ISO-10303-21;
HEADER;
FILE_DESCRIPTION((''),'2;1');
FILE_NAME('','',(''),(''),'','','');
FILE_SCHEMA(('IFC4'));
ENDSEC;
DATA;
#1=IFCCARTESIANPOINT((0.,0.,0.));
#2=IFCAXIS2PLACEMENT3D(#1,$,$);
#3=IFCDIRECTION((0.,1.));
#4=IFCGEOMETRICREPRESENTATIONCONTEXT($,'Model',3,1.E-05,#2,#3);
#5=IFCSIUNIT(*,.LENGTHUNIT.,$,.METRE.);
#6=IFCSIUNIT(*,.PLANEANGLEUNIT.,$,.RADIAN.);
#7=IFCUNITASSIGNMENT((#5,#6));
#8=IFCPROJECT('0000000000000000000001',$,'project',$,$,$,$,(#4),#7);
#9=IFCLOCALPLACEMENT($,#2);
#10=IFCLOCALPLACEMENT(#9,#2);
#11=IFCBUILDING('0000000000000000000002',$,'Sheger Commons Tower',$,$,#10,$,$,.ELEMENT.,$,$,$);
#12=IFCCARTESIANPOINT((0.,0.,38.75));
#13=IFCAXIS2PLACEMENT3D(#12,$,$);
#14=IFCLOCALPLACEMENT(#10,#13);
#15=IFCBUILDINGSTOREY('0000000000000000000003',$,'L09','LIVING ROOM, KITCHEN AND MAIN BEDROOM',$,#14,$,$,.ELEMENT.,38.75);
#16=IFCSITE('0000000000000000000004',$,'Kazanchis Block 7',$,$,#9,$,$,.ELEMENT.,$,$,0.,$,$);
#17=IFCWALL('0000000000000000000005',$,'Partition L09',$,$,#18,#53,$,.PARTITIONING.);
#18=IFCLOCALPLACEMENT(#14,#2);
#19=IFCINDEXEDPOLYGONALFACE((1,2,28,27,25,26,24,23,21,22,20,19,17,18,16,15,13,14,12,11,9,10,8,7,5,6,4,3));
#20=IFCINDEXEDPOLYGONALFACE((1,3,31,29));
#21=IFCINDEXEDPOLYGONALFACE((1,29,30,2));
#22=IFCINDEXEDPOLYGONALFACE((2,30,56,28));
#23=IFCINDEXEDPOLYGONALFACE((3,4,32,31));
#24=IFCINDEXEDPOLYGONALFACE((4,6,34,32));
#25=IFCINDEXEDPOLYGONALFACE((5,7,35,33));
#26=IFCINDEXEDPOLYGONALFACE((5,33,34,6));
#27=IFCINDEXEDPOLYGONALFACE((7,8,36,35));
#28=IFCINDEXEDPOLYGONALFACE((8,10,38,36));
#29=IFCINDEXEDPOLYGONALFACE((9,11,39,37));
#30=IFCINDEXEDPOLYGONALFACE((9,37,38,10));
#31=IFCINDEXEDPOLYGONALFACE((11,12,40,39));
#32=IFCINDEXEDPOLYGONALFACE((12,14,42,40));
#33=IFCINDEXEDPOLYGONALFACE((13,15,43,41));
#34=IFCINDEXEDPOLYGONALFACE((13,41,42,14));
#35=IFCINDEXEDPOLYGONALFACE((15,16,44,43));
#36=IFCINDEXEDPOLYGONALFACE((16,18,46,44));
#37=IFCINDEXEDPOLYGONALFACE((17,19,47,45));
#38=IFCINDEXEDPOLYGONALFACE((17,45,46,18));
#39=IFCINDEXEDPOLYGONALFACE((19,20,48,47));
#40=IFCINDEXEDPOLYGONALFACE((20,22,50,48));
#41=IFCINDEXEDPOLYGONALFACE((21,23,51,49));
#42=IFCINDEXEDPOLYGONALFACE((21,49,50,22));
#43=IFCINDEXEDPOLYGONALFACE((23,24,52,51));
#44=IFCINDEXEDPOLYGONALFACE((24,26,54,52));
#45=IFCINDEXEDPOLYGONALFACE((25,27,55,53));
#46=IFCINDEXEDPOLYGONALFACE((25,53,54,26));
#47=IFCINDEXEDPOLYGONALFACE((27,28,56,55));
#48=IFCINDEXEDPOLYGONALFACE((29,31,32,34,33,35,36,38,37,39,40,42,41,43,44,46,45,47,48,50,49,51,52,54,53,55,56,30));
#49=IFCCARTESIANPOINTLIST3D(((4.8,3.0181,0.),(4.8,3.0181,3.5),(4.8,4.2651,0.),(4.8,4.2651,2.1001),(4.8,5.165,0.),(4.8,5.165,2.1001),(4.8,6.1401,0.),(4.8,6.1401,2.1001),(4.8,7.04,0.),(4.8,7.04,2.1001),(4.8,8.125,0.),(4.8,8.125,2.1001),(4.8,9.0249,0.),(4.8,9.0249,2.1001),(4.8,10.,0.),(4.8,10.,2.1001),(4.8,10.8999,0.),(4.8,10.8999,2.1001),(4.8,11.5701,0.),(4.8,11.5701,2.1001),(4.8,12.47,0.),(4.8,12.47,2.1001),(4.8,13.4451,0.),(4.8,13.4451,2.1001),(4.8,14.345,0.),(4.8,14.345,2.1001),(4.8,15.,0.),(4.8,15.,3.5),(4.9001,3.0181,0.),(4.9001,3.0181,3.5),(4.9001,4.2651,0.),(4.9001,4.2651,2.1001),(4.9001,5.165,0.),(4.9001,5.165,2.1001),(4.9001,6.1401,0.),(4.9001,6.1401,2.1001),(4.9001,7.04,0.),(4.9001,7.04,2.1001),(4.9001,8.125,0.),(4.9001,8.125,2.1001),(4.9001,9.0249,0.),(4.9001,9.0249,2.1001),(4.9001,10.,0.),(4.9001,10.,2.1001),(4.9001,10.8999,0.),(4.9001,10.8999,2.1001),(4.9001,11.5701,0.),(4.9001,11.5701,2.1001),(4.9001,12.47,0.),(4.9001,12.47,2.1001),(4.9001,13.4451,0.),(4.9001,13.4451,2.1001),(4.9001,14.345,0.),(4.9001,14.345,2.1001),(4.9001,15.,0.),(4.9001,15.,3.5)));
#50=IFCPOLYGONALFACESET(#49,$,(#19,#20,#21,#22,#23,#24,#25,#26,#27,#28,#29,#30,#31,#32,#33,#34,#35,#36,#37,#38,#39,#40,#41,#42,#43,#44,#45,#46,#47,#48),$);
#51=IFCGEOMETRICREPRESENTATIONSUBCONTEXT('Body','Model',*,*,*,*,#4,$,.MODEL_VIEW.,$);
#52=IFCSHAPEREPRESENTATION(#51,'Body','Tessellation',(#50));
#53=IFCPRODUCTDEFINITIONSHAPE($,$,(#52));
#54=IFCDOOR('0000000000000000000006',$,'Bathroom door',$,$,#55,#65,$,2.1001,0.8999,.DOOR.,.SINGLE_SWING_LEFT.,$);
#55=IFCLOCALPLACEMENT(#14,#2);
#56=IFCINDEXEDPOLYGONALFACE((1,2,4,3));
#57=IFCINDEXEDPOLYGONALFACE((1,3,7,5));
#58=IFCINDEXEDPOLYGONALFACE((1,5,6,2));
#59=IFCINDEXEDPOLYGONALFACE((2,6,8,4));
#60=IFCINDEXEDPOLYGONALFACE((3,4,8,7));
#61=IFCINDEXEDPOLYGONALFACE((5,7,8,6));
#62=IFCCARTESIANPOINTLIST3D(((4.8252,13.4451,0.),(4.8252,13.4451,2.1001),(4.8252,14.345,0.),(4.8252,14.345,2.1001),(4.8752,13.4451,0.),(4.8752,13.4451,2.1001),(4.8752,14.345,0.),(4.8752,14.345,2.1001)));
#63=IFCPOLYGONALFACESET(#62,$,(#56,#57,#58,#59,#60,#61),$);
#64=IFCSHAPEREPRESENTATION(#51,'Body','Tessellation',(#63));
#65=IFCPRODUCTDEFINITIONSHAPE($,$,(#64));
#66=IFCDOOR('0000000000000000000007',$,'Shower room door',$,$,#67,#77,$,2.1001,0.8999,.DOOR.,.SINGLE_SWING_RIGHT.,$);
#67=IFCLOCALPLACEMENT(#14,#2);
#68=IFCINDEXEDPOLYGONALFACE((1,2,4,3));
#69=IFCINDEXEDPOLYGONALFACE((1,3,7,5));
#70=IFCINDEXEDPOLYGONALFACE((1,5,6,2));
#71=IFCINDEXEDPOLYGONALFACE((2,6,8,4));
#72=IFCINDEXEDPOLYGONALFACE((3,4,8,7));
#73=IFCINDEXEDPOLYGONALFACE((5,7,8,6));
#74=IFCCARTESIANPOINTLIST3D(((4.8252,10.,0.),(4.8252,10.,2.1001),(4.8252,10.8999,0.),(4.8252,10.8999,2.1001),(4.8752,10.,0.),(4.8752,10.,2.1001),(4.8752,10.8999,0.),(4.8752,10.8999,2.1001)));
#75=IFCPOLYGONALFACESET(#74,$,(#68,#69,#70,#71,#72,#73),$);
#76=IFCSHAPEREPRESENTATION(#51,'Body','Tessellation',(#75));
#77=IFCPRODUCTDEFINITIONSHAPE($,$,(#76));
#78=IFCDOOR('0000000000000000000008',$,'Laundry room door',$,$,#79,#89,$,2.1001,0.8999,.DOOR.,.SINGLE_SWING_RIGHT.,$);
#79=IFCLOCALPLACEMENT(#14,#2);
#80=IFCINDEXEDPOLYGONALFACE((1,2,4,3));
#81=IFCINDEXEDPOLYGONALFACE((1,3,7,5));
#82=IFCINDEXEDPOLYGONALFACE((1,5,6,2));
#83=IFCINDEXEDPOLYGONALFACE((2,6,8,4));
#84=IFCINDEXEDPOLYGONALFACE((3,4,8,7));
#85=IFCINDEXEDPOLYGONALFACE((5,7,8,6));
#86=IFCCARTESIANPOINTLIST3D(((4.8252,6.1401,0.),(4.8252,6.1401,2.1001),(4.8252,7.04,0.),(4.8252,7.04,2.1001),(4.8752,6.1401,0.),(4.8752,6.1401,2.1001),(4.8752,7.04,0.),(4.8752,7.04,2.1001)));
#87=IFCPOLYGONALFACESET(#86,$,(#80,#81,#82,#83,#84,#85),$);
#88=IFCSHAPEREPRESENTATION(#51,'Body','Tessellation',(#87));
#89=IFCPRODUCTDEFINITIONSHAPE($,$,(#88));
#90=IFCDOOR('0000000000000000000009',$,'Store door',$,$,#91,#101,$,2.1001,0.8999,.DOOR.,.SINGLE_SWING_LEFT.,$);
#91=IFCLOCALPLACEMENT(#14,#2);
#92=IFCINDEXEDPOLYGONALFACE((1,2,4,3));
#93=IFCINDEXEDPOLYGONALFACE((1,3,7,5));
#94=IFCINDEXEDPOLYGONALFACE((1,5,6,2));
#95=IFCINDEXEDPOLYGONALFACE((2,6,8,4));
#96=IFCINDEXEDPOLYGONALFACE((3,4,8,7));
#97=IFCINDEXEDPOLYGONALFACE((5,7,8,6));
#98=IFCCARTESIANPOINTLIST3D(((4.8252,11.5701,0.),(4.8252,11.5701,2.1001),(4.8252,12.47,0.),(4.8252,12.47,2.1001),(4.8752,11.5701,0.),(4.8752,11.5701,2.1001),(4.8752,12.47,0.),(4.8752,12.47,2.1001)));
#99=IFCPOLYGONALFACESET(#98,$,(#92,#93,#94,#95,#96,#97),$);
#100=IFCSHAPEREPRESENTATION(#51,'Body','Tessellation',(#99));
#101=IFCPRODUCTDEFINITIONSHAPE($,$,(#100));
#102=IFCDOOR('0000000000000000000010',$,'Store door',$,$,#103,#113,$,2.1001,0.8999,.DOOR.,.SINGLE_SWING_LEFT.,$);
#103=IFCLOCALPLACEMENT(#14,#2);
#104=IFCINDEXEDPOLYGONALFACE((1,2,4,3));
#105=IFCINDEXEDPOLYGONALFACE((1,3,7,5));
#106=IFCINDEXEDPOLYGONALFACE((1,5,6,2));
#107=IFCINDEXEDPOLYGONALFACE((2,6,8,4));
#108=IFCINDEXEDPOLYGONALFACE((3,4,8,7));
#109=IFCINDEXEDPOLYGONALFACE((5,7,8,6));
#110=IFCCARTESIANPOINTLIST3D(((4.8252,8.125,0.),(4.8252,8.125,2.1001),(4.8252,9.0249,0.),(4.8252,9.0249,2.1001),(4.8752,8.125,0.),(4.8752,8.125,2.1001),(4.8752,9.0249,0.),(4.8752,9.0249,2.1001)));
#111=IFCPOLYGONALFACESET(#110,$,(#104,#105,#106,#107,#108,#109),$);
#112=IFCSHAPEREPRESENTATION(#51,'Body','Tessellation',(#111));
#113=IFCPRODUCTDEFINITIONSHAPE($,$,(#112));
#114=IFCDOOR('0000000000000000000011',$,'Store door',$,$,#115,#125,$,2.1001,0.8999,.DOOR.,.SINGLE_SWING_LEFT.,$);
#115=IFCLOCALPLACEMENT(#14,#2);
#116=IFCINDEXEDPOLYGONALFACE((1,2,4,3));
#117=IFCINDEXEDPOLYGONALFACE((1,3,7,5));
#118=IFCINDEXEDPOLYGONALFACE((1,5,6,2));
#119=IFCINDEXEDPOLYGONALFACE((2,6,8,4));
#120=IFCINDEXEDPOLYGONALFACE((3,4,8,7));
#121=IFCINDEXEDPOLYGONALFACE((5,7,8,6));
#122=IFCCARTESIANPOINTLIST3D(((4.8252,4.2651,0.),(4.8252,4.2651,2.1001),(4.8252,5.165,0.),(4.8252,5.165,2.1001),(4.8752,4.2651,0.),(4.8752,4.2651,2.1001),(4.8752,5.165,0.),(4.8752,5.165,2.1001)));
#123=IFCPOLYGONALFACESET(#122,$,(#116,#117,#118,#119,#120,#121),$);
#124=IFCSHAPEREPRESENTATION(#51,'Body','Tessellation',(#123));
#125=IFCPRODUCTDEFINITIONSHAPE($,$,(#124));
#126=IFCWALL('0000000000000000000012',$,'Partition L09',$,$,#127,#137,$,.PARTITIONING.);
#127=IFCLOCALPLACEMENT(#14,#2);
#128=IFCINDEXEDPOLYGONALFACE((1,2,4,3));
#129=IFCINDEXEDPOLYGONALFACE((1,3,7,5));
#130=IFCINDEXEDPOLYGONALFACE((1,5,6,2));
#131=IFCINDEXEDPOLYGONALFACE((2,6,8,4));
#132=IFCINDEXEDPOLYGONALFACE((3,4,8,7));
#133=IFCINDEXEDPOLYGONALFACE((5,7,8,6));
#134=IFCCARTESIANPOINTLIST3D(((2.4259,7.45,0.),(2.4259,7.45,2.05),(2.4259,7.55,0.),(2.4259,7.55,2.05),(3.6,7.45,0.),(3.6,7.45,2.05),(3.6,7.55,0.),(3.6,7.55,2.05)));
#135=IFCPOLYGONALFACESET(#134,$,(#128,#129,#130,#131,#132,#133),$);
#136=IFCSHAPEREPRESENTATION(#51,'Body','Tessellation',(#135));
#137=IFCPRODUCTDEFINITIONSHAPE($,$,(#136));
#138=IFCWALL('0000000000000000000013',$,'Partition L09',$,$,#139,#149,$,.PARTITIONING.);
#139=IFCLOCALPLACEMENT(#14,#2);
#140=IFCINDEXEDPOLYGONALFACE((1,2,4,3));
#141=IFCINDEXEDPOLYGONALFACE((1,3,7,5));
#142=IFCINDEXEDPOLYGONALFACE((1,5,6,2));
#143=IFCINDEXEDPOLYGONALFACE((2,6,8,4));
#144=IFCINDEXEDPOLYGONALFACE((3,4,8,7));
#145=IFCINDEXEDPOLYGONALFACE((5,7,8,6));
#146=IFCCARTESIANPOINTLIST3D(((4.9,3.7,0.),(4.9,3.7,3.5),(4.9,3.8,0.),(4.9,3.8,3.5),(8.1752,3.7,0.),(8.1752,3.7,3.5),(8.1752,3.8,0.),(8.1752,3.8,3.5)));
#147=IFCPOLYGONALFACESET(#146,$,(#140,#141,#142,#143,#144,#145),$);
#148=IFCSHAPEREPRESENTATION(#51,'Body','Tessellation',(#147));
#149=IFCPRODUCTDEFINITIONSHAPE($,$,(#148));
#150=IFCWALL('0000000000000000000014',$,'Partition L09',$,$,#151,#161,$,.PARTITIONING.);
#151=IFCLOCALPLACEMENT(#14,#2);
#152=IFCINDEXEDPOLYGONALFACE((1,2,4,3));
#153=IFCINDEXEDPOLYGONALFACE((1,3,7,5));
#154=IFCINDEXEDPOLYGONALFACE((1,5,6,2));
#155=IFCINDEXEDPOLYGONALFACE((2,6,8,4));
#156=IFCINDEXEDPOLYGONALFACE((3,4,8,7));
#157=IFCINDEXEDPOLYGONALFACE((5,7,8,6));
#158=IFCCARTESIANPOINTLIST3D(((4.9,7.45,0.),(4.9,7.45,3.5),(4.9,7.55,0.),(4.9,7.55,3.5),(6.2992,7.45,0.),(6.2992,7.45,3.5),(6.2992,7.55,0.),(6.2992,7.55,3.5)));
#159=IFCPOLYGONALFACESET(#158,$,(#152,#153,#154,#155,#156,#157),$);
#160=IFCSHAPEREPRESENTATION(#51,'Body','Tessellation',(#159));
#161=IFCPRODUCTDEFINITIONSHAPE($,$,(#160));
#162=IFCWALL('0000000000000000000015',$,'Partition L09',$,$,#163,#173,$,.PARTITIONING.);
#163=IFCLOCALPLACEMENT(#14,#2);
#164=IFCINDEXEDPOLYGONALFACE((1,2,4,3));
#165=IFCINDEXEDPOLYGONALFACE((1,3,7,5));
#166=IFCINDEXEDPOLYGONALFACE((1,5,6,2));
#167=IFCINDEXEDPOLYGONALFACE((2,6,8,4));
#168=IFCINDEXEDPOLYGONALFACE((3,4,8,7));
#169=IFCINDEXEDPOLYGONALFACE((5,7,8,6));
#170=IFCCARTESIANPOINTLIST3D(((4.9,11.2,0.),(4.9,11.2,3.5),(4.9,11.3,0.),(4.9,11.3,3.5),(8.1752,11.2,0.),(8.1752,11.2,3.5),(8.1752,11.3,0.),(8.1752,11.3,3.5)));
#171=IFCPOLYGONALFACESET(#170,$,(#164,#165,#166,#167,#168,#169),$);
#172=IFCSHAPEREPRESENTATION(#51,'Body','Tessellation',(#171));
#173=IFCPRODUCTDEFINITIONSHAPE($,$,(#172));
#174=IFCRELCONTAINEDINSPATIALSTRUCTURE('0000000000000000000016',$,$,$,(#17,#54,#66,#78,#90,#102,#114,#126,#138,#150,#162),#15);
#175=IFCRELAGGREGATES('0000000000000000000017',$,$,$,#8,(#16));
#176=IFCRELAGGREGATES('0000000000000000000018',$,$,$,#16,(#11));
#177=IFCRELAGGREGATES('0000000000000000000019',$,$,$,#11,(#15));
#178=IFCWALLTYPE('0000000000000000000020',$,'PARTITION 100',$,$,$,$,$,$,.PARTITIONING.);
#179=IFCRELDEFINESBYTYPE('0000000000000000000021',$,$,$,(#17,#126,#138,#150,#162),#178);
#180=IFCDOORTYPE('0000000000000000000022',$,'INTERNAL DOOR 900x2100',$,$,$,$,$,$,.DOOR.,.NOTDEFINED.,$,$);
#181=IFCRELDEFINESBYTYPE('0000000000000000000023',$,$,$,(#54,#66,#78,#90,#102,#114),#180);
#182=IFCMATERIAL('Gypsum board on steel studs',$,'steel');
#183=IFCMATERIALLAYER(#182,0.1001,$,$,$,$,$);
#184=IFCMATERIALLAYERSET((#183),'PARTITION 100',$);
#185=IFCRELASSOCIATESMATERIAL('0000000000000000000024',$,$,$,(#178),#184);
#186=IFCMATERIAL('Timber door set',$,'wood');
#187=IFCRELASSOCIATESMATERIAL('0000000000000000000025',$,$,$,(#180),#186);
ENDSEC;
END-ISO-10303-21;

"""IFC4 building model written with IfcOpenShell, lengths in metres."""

from ifc_helpers import new_model, si_unit, direction, frame, frame_2d, origin, place, context, subcontext, project, spatial, rectangle, extrude, material, layer, layer_set, type_object, element, fill, save


model = new_model("IFC4")

# Units and contexts
model_context = context("Model", 3, precision=1e-05, world=origin(), true_north=direction((0.0, 1.0)))
body_context = subcontext(model_context, "Body", "Model", "MODEL_VIEW")
ifc_project = project(units=[si_unit("LENGTHUNIT", "METRE"), si_unit("PLANEANGLEUNIT", "RADIAN")], contexts=[model_context])

# Site, building, storey
site_placement = place(None, origin())
site = spatial("IfcSite", under=ifc_project, at=site_placement, Name="Kazanchis Block 7", CompositionType="ELEMENT", RefElevation=0.0)
building_placement = place(site_placement, origin())
building = spatial("IfcBuilding", under=site, at=building_placement, Name="Sheger Commons Tower", CompositionType="ELEMENT")
storey_placement = place(building_placement, frame((0.0, 0.0, 38.75)))
storey = spatial("IfcBuildingStorey", under=building, at=storey_placement, Name="L09", Description="LIVING ROOM, KITCHEN AND MAIN BEDROOM", CompositionType="ELEMENT", Elevation=38.75)

# Wall, openings, doors
ifc_material_1 = material(Name="Gypsum board on steel studs", Category="steel")
ifc_layer = layer(ifc_material_1, 0.1001)
ifc_layer_set = layer_set([ifc_layer], Name="PARTITION 100")
wall_type = type_object("IfcWallType", Name="PARTITION 100", PredefinedType="PARTITIONING", material=ifc_layer_set)
ifc_material_2 = material(Name="Timber door set", Category="wood")
door_type = type_object("IfcDoorType", Name="INTERNAL DOOR 900x2100", OperationType="NOTDEFINED", PredefinedType="DOOR", material=ifc_material_2)
wall_1_placement = place(storey_placement, frame((4.8501, 3.0181, 0.0), z_axis=(0.0, 0.0, 1.0), x_axis=(0.0, 1.0, 0.0)))
wall_1 = element("IfcWall", 1, at=wall_1_placement, inside=storey, type_object=wall_type, Name="Partition L09", PredefinedType="PARTITIONING", context=body_context, shape_type="SweptSolid", body=[
    extrude(rectangle(XDim=11.9819, YDim=0.1001, at=frame_2d((5.991, 0.0))), origin(), (0.0, 0.0, 1.0), 3.5),
])
opening_1_placement = place(wall_1_placement, frame((10.427, 0.0, 0.0)))
opening_1 = element("IfcOpeningElement", 2, at=opening_1_placement, cuts=wall_1, PredefinedType="OPENING", context=body_context, shape_type="SweptSolid", body=[
    extrude(rectangle(XDim=0.8999, YDim=2.1001, at=frame_2d((0.45, 1.05))), frame((0.0, 0.0601, 0.0), z_axis=(0.0, -1.0, 0.0), x_axis=(1.0, 0.0, 0.0)), (0.0, 0.0, 1.0), 0.1201),
])
opening_2_placement = place(wall_1_placement, frame((6.9819, 0.0, 0.0)))
opening_2 = element("IfcOpeningElement", 3, at=opening_2_placement, cuts=wall_1, PredefinedType="OPENING", context=body_context, shape_type="SweptSolid", body=[
    extrude(rectangle(XDim=0.8999, YDim=2.1001, at=frame_2d((0.45, 1.05))), frame((0.0, 0.0601, 0.0), z_axis=(0.0, -1.0, 0.0), x_axis=(1.0, 0.0, 0.0)), (0.0, 0.0, 1.0), 0.1201),
])
opening_3_placement = place(wall_1_placement, frame((3.1221, 0.0, 0.0)))
opening_3 = element("IfcOpeningElement", 4, at=opening_3_placement, cuts=wall_1, PredefinedType="OPENING", context=body_context, shape_type="SweptSolid", body=[
    extrude(rectangle(XDim=0.8999, YDim=2.1001, at=frame_2d((0.45, 1.05))), frame((0.0, 0.0601, 0.0), z_axis=(0.0, -1.0, 0.0), x_axis=(1.0, 0.0, 0.0)), (0.0, 0.0, 1.0), 0.1201),
])
opening_4_placement = place(wall_1_placement, frame((8.552, 0.0, 0.0)))
opening_4 = element("IfcOpeningElement", 5, at=opening_4_placement, cuts=wall_1, PredefinedType="OPENING", context=body_context, shape_type="SweptSolid", body=[
    extrude(rectangle(XDim=0.8999, YDim=2.1001, at=frame_2d((0.45, 1.05))), frame((0.0, 0.0601, 0.0), z_axis=(0.0, -1.0, 0.0), x_axis=(1.0, 0.0, 0.0)), (0.0, 0.0, 1.0), 0.1201),
])
opening_5_placement = place(wall_1_placement, frame((5.1069, 0.0, 0.0)))
opening_5 = element("IfcOpeningElement", 6, at=opening_5_placement, cuts=wall_1, PredefinedType="OPENING", context=body_context, shape_type="SweptSolid", body=[
    extrude(rectangle(XDim=0.8999, YDim=2.1001, at=frame_2d((0.45, 1.05))), frame((0.0, 0.0601, 0.0), z_axis=(0.0, -1.0, 0.0), x_axis=(1.0, 0.0, 0.0)), (0.0, 0.0, 1.0), 0.1201),
])
opening_6_placement = place(wall_1_placement, frame((1.2471, 0.0, 0.0)))
opening_6 = element("IfcOpeningElement", 7, at=opening_6_placement, cuts=wall_1, PredefinedType="OPENING", context=body_context, shape_type="SweptSolid", body=[
    extrude(rectangle(XDim=0.8999, YDim=2.1001, at=frame_2d((0.45, 1.05))), frame((0.0, 0.0601, 0.0), z_axis=(0.0, -1.0, 0.0), x_axis=(1.0, 0.0, 0.0)), (0.0, 0.0, 1.0), 0.1201),
])
door_1_placement = place(opening_1_placement, origin())
door_1 = element("IfcDoor", 8, at=door_1_placement, inside=storey, type_object=door_type, Name="Bathroom door", OperationType="SINGLE_SWING_LEFT", OverallHeight=2.1001, OverallWidth=0.8999, PredefinedType="DOOR", context=body_context, shape_type="SweptSolid", body=[
    extrude(rectangle(XDim=0.8999, YDim=2.1001, at=frame_2d((0.45, 1.05))), frame((0.0, 0.0249, 0.0), z_axis=(0.0, -1.0, 0.0), x_axis=(1.0, 0.0, 0.0)), (0.0, 0.0, 1.0), 0.05),
])
fill(opening_1, door_1)
door_2_placement = place(opening_2_placement, origin())
door_2 = element("IfcDoor", 9, at=door_2_placement, inside=storey, type_object=door_type, Name="Shower room door", OperationType="SINGLE_SWING_RIGHT", OverallHeight=2.1001, OverallWidth=0.8999, PredefinedType="DOOR", context=body_context, shape_type="SweptSolid", body=[
    extrude(rectangle(XDim=0.8999, YDim=2.1001, at=frame_2d((0.45, 1.05))), frame((0.0, 0.0249, 0.0), z_axis=(0.0, -1.0, 0.0), x_axis=(1.0, 0.0, 0.0)), (0.0, 0.0, 1.0), 0.05),
])
fill(opening_2, door_2)
door_3_placement = place(opening_3_placement, origin())
door_3 = element("IfcDoor", 10, at=door_3_placement, inside=storey, type_object=door_type, Name="Laundry room door", OperationType="SINGLE_SWING_RIGHT", OverallHeight=2.1001, OverallWidth=0.8999, PredefinedType="DOOR", context=body_context, shape_type="SweptSolid", body=[
    extrude(rectangle(XDim=0.8999, YDim=2.1001, at=frame_2d((0.45, 1.05))), frame((0.0, 0.0249, 0.0), z_axis=(0.0, -1.0, 0.0), x_axis=(1.0, 0.0, 0.0)), (0.0, 0.0, 1.0), 0.05),
])
fill(opening_3, door_3)
door_4_placement = place(opening_4_placement, origin())
door_4 = element("IfcDoor", 11, at=door_4_placement, inside=storey, type_object=door_type, Name="Store door", OperationType="SINGLE_SWING_LEFT", OverallHeight=2.1001, OverallWidth=0.8999, PredefinedType="DOOR", context=body_context, shape_type="SweptSolid", body=[
    extrude(rectangle(XDim=0.8999, YDim=2.1001, at=frame_2d((0.45, 1.05))), frame((0.0, 0.0249, 0.0), z_axis=(0.0, -1.0, 0.0), x_axis=(1.0, 0.0, 0.0)), (0.0, 0.0, 1.0), 0.05),
])
fill(opening_4, door_4)
door_5_placement = place(opening_5_placement, origin())
door_5 = element("IfcDoor", 12, at=door_5_placement, inside=storey, type_object=door_type, Name="Store door", OperationType="SINGLE_SWING_LEFT", OverallHeight=2.1001, OverallWidth=0.8999, PredefinedType="DOOR", context=body_context, shape_type="SweptSolid", body=[
    extrude(rectangle(XDim=0.8999, YDim=2.1001, at=frame_2d((0.45, 1.05))), frame((0.0, 0.0249, 0.0), z_axis=(0.0, -1.0, 0.0), x_axis=(1.0, 0.0, 0.0)), (0.0, 0.0, 1.0), 0.05),
])
fill(opening_5, door_5)
door_6_placement = place(opening_6_placement, origin())
door_6 = element("IfcDoor", 13, at=door_6_placement, inside=storey, type_object=door_type, Name="Store door", OperationType="SINGLE_SWING_LEFT", OverallHeight=2.1001, OverallWidth=0.8999, PredefinedType="DOOR", context=body_context, shape_type="SweptSolid", body=[
    extrude(rectangle(XDim=0.8999, YDim=2.1001, at=frame_2d((0.45, 1.05))), frame((0.0, 0.0249, 0.0), z_axis=(0.0, -1.0, 0.0), x_axis=(1.0, 0.0, 0.0)), (0.0, 0.0, 1.0), 0.05),
])
fill(opening_6, door_6)

# Walls
wall_2_placement = place(storey_placement, frame((2.426, 7.5, 0.0), z_axis=(0.0, 0.0, 1.0), x_axis=(1.0, 0.0, 0.0)))
element("IfcWall", 14, at=wall_2_placement, inside=storey, type_object=wall_type, Name="Partition L09", PredefinedType="PARTITIONING", context=body_context, shape_type="SweptSolid", body=[
    extrude(rectangle(XDim=1.1741, YDim=0.1001, at=frame_2d((0.5869, 0.0))), origin(), (0.0, 0.0, 1.0), 2.05),
])
wall_3_placement = place(storey_placement, frame((4.8999, 3.75, 0.0), z_axis=(0.0, 0.0, 1.0), x_axis=(1.0, 0.0, 0.0)))
element("IfcWall", 15, at=wall_3_placement, inside=storey, type_object=wall_type, Name="Partition L09", PredefinedType="PARTITIONING", context=body_context, shape_type="SweptSolid", body=[
    extrude(rectangle(XDim=3.2751, YDim=0.1001, at=frame_2d((1.6377, 0.0))), origin(), (0.0, 0.0, 1.0), 3.5),
])
wall_4_placement = place(storey_placement, frame((4.8999, 7.5, 0.0), z_axis=(0.0, 0.0, 1.0), x_axis=(1.0, 0.0, 0.0)))
element("IfcWall", 16, at=wall_4_placement, inside=storey, type_object=wall_type, Name="Partition L09", PredefinedType="PARTITIONING", context=body_context, shape_type="SweptSolid", body=[
    extrude(rectangle(XDim=1.3992, YDim=0.1001, at=frame_2d((0.6997, 0.0))), origin(), (0.0, 0.0, 1.0), 3.5),
])
for number, where, z_axis, x_axis, name in (
    (17, (4.8999, 11.25, 0.0), (0.0, 0.0, 1.0), (1.0, 0.0, 0.0), "Partition L09"),
):
    element("IfcWall", number, at=place(storey_placement, frame(where, z_axis=z_axis, x_axis=x_axis)), inside=storey, type_object=wall_type, Name=name, PredefinedType="PARTITIONING", context=body_context, shape_type="SweptSolid", body=[
        extrude(rectangle(XDim=3.2751, YDim=0.1001, at=frame_2d((1.6377, 0.0))), origin(), (0.0, 0.0, 1.0), 3.5),
    ])

save(model, "model.ifc")
